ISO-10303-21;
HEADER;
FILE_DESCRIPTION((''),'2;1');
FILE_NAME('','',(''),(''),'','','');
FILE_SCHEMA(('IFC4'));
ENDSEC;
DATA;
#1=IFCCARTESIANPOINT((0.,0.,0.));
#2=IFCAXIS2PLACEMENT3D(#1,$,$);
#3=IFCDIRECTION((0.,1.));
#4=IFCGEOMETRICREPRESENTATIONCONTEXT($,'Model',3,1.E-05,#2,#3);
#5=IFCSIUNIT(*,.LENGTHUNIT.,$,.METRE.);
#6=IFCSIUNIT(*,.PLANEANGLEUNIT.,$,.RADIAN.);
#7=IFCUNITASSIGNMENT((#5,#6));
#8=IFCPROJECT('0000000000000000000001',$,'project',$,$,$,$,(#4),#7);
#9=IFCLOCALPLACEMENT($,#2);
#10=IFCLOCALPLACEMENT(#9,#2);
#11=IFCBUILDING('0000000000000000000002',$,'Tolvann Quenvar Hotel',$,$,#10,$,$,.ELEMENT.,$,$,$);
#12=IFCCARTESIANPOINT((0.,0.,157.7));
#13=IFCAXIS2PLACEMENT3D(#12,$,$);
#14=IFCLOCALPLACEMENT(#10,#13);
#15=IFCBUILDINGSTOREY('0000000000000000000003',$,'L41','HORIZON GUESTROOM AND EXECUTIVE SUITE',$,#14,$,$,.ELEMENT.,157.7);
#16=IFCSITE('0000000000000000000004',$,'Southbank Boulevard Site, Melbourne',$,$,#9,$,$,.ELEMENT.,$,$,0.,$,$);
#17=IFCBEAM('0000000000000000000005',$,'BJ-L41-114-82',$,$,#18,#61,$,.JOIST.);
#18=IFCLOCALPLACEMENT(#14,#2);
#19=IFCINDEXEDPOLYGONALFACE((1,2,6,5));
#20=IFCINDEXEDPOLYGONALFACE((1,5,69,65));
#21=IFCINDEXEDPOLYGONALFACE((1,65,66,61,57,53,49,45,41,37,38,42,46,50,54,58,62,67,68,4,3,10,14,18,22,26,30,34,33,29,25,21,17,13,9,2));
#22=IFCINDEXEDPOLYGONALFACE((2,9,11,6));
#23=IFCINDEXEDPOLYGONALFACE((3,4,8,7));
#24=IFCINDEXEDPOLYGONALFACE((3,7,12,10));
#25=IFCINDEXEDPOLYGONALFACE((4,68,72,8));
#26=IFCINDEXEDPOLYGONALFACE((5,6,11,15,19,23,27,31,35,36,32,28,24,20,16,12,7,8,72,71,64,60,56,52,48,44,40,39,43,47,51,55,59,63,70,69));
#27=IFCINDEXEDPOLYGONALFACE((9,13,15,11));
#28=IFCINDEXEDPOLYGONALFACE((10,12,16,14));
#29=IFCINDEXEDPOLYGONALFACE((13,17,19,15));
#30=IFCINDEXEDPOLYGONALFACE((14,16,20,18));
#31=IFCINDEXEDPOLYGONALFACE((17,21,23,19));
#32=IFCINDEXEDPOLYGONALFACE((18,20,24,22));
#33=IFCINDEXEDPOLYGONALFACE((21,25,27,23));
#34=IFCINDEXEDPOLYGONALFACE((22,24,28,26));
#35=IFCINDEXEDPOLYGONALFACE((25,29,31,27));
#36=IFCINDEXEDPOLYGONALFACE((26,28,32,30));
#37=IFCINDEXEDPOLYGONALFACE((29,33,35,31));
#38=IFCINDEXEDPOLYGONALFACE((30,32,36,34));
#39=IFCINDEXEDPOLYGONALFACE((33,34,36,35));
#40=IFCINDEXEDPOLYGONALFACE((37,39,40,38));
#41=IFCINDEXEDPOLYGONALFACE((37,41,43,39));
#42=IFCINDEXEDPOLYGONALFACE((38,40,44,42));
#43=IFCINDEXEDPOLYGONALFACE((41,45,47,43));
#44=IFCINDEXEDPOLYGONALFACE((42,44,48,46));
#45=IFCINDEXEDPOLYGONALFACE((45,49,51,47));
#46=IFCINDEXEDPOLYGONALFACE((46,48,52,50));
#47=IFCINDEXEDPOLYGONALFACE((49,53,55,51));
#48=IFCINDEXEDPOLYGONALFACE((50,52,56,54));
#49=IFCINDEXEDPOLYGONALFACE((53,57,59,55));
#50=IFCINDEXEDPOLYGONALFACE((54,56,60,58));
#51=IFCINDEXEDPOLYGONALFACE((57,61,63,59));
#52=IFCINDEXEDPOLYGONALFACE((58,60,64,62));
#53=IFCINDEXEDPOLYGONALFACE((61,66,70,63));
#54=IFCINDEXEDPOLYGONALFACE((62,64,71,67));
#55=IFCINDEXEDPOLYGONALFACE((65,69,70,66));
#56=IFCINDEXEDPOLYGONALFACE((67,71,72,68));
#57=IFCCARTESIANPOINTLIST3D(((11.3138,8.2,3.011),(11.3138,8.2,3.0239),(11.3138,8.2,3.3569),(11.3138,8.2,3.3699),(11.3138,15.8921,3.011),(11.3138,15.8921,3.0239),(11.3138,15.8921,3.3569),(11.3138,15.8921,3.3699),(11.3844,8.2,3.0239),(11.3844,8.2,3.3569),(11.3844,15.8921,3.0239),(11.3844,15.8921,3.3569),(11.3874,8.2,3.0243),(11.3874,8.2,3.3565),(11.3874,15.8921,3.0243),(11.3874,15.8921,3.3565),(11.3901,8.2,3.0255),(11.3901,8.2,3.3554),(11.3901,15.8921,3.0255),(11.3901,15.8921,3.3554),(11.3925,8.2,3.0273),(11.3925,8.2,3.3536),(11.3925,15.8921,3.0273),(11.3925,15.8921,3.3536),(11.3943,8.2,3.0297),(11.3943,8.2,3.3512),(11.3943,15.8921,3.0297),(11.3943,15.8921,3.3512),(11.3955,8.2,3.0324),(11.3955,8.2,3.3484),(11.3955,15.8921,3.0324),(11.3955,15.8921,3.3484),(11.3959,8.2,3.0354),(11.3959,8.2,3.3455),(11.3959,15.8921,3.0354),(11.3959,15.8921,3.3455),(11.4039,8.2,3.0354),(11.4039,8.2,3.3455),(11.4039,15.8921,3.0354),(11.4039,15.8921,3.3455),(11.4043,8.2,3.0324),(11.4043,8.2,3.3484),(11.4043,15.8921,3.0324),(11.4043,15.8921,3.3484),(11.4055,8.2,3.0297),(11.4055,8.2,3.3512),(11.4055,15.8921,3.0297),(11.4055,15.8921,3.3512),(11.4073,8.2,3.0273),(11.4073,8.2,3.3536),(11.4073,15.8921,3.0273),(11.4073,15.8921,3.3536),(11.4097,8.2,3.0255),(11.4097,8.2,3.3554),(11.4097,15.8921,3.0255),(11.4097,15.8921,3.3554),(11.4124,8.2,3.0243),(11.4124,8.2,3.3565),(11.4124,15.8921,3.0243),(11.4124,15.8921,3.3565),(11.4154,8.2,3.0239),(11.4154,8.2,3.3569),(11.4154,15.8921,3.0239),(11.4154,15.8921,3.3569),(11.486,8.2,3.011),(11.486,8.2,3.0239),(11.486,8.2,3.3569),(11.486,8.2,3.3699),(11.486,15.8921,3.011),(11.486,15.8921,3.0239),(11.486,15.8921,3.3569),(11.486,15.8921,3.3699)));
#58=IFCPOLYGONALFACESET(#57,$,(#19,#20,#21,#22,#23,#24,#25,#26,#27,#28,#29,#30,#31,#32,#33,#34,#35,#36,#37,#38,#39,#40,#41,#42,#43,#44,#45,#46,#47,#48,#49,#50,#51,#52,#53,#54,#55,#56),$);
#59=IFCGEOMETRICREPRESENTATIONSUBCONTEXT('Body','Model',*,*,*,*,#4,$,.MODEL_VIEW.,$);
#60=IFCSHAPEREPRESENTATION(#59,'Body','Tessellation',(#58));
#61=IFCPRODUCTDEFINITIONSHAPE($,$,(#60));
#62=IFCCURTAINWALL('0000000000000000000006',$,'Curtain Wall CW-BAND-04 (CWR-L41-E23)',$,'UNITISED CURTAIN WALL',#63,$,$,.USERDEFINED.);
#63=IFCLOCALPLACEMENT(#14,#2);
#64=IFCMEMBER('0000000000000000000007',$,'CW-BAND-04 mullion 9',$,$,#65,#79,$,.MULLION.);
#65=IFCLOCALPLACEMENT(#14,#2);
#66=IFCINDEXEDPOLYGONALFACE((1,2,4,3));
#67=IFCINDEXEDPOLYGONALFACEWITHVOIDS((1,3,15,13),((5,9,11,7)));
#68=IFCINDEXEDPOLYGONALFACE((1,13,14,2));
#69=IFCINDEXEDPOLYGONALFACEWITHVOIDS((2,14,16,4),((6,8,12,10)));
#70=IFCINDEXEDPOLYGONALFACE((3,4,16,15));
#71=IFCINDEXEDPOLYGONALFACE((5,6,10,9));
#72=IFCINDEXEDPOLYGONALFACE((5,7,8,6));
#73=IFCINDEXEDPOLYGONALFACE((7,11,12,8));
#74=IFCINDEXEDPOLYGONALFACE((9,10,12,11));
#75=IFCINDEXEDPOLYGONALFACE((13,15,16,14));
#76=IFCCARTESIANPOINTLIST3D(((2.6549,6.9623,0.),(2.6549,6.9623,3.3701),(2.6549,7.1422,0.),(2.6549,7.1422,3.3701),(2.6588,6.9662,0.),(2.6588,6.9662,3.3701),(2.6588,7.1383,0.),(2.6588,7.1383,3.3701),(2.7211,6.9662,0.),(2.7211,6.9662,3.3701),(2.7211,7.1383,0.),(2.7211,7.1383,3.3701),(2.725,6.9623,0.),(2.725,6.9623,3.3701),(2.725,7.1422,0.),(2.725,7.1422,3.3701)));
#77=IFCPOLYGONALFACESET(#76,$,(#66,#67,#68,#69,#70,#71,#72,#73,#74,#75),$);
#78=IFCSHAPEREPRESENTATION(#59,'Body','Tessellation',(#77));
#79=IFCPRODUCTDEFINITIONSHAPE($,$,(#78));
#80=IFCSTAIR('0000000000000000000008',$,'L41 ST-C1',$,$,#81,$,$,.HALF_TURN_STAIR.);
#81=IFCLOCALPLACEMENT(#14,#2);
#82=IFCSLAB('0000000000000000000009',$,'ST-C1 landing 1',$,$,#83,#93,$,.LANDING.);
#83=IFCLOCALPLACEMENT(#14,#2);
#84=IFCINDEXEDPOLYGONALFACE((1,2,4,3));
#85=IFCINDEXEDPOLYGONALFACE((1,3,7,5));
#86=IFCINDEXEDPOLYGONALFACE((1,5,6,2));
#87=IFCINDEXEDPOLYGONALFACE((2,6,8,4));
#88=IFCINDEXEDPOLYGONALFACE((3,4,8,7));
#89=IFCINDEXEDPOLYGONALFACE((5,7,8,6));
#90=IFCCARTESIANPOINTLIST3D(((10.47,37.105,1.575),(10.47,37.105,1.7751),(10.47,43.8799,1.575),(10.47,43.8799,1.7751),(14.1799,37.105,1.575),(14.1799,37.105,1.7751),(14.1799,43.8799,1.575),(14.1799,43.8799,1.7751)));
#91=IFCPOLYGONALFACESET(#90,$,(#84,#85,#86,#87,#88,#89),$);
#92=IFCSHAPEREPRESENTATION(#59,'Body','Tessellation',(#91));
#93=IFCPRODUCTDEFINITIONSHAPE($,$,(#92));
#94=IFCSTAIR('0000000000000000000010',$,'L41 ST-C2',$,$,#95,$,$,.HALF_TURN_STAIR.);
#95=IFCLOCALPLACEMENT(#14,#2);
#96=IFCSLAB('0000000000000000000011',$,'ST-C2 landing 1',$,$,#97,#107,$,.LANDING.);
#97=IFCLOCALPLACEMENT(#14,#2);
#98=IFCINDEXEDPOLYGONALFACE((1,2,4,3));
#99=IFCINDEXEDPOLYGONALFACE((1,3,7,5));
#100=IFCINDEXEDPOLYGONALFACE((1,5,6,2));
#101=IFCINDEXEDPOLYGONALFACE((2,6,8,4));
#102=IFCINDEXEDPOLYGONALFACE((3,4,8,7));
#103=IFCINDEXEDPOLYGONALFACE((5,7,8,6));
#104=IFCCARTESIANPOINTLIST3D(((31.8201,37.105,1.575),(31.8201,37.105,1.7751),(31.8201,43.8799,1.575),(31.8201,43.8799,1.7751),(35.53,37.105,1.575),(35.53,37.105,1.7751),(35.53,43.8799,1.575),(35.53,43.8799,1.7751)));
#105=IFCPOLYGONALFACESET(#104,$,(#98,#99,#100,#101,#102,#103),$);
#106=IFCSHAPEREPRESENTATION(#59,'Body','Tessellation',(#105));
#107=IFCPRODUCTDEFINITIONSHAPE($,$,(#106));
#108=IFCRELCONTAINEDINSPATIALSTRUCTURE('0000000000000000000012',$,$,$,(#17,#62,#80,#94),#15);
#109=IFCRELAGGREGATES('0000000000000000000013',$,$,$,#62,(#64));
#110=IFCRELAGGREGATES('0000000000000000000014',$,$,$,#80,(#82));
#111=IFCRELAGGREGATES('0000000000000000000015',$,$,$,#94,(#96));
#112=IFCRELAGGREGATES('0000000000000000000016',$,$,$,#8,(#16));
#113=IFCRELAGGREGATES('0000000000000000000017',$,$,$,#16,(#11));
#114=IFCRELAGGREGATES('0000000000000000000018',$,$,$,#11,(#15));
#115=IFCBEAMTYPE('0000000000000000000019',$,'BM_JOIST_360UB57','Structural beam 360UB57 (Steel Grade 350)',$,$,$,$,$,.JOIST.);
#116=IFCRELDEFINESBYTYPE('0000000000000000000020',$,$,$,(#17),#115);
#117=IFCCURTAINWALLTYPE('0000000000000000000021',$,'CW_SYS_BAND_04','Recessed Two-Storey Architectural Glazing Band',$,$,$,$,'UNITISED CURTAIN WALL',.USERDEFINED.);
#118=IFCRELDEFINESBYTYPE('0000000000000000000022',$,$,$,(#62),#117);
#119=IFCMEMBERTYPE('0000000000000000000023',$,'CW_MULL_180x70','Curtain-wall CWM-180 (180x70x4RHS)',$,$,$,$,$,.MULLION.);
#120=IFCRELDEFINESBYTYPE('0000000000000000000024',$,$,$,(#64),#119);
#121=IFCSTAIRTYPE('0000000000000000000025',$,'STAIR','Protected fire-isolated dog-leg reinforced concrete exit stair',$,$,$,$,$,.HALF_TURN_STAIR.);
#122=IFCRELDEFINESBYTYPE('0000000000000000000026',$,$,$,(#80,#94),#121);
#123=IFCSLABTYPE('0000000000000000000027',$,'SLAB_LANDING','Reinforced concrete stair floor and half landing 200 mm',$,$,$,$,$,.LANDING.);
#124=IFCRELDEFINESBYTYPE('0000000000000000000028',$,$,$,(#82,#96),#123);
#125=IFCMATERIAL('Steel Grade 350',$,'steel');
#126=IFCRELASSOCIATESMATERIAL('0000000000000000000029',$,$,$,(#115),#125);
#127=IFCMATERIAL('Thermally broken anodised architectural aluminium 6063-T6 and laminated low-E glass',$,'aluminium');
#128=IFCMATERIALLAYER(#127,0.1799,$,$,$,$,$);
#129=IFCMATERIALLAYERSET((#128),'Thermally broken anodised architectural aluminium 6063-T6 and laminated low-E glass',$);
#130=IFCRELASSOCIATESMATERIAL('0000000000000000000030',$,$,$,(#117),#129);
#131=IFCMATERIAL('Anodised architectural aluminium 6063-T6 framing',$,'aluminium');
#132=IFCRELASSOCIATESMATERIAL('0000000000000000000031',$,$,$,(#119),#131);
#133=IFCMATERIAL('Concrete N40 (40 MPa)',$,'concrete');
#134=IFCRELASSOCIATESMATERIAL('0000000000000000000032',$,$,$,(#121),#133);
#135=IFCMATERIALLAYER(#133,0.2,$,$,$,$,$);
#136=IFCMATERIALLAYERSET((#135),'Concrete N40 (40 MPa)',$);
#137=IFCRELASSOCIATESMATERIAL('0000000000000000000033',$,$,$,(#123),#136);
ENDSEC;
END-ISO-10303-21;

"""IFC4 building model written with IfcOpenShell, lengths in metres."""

from ifc_helpers import new_model, si_unit, direction, frame, origin, origin_2d, place, context, subcontext, project, spatial, polyline, hollow_rectangle, i_section, outline, extrude, source, transform, mapped, material, layer, layer_set, material_profile, profile_set, type_object, type_shapes, element, aggregate, save


model = new_model("IFC4")

# Units and contexts
model_context = context("Model", 3, precision=1e-05, world=origin(), true_north=direction((0.0, 1.0)))
body_context = subcontext(model_context, "Body", "Model", "MODEL_VIEW")
ifc_project = project(units=[si_unit("LENGTHUNIT", "METRE"), si_unit("PLANEANGLEUNIT", "RADIAN")], contexts=[model_context])

# Site, building, storey
site_placement = place(None, origin())
site = spatial("IfcSite", under=ifc_project, at=site_placement, Name="Southbank Boulevard Site, Melbourne", CompositionType="ELEMENT", RefElevation=0.0)
building_placement = place(site_placement, origin())
building = spatial("IfcBuilding", under=site, at=building_placement, Name="Tolvann Quenvar Hotel", CompositionType="ELEMENT")
storey_placement = place(building_placement, frame((0.0, 0.0, 157.7)))
storey = spatial("IfcBuildingStorey", under=building, at=storey_placement, Name="L41", Description="HORIZON GUESTROOM AND EXECUTIVE SUITE", CompositionType="ELEMENT", Elevation=157.7)

# Shared definitions
ifc_material_1 = material(Name="Steel Grade 350", Category="steel")

# Beam
ifc_material_profile_1 = material_profile(ifc_material_1, i_section(OverallWidth=0.1721, OverallDepth=0.3589, WebThickness=0.0081, FlangeThickness=0.0129, FilletRadius=0.0115, at=origin_2d()), Name="360UB57")
ifc_profile_set_1 = profile_set([ifc_material_profile_1], Name="Steel Grade 350")
beam_type_1 = type_object("IfcBeamType", Name="BM_JOIST_360UB57", Description="Structural beam 360UB57 (Steel Grade 350)", PredefinedType="JOIST", material=ifc_profile_set_1)
shared_shape_1 = source(origin(), body_context, "Body", "SweptSolid", [
    extrude(i_section(OverallWidth=0.1721, OverallDepth=0.3589, WebThickness=0.0081, FlangeThickness=0.0129, FilletRadius=0.0115, at=origin_2d()), origin(), (0.0, 0.0, 1.0), 7.6921),
])
type_shapes(beam_type_1, [shared_shape_1])
beam_1_placement = place(storey_placement, frame((11.3999, 8.2, 3.1904), z_axis=(0.0, 1.0, 0.0), x_axis=(-1.0, 0.0, 0.0)))
element("IfcBeam", 1, at=beam_1_placement, inside=storey, type_object=beam_type_1, Name="BJ-L41-114-82", PredefinedType="JOIST", context=body_context, shape_type="MappedRepresentation", body=[
    mapped(shared_shape_1, transform((0.0, 0.0, 0.0), x_axis=(1.0, 0.0, 0.0), y_axis=(0.0, 1.0, 0.0), z_axis=(0.0, 0.0, 1.0), scale=1.0)),
])

# Curtain wall, member
ifc_material_2 = material(Name="Thermally broken anodised architectural aluminium 6063-T6 and laminated low-E glass", Category="aluminium")
ifc_layer_1 = layer(ifc_material_2, 0.1799)
ifc_layer_set_1 = layer_set([ifc_layer_1], Name="Thermally broken anodised architectural aluminium 6063-T6 and laminated low-E glass")
curtain_wall_type = type_object("IfcCurtainWallType", Name="CW_SYS_BAND_04", Description="Recessed Two-Storey Architectural Glazing Band", ElementType="UNITISED CURTAIN WALL", PredefinedType="USERDEFINED", material=ifc_layer_set_1)
curtain_wall_placement = place(storey_placement, origin())
curtain_wall = element("IfcCurtainWall", 2, at=curtain_wall_placement, inside=storey, type_object=curtain_wall_type, Name="Curtain Wall CW-BAND-04 (CWR-L41-E23)", ObjectType="UNITISED CURTAIN WALL", PredefinedType="USERDEFINED")
ifc_material_3 = material(Name="Anodised architectural aluminium 6063-T6 framing", Category="aluminium")
ifc_material_profile_2 = material_profile(ifc_material_3, hollow_rectangle(XDim=0.0701, YDim=0.1799, WallThickness=0.0039, at=origin_2d()), Name="180x70x4RHS")
ifc_profile_set_2 = profile_set([ifc_material_profile_2], Name="Anodised architectural aluminium 6063-T6 framing")
member_type = type_object("IfcMemberType", Name="CW_MULL_180x70", Description="Curtain-wall CWM-180 (180x70x4RHS)", PredefinedType="MULLION", material=ifc_profile_set_2)
shared_shape_2 = source(origin(), body_context, "Body", "SweptSolid", [
    extrude(hollow_rectangle(XDim=0.0701, YDim=0.1799, WallThickness=0.0039, at=origin_2d()), origin(), (0.0, 0.0, 1.0), 3.3701),
])
type_shapes(member_type, [shared_shape_2])
member_placement = place(storey_placement, frame((2.6899, 7.0522, 0.0), z_axis=(0.0, 0.0, 1.0), x_axis=(1.0, 0.0, 0.0)))
member = element("IfcMember", 3, at=member_placement, type_object=member_type, Name="CW-BAND-04 mullion 9", PredefinedType="MULLION", context=body_context, shape_type="MappedRepresentation", body=[
    mapped(shared_shape_2, transform((0.0, 0.0, 0.0), x_axis=(1.0, 0.0, 0.0), y_axis=(0.0, 1.0, 0.0), z_axis=(0.0, 0.0, 1.0), scale=1.0)),
])
aggregate(curtain_wall, [member])

# Stairs, slabs
ifc_material_4 = material(Name="Concrete N40 (40 MPa)", Category="concrete")
stair_type = type_object("IfcStairType", Name="STAIR", Description="Protected fire-isolated dog-leg reinforced concrete exit stair", PredefinedType="HALF_TURN_STAIR", material=ifc_material_4)
stair_1_placement = place(storey_placement, origin())
stair_1 = element("IfcStair", 4, at=stair_1_placement, inside=storey, type_object=stair_type, Name="L41 ST-C1", PredefinedType="HALF_TURN_STAIR")
ifc_layer_2 = layer(ifc_material_4, 0.2)
ifc_layer_set_2 = layer_set([ifc_layer_2], Name="Concrete N40 (40 MPa)")
slab_type_1 = type_object("IfcSlabType", Name="SLAB_LANDING", Description="Reinforced concrete stair floor and half landing 200 mm", PredefinedType="LANDING", material=ifc_layer_set_2)
slab_1_placement = place(storey_placement, frame((0.0, 0.0, 1.575)))
slab_1 = element("IfcSlab", 5, at=slab_1_placement, type_object=slab_type_1, Name="ST-C1 landing 1", PredefinedType="LANDING", context=body_context, shape_type="SweptSolid", body=[
    extrude(outline(polyline([(14.1799, 37.105), (14.1799, 43.8799), (10.47, 43.8799), (10.47, 37.105), (14.1799, 37.105)])), origin(), (0.0, 0.0, 1.0), 0.2002),
])
aggregate(stair_1, [slab_1])
stair_2_placement = place(storey_placement, origin())
stair_2 = element("IfcStair", 6, at=stair_2_placement, inside=storey, type_object=stair_type, Name="L41 ST-C2", PredefinedType="HALF_TURN_STAIR")
slab_2_placement = place(storey_placement, frame((0.0, 0.0, 1.575)))
slab_2 = element("IfcSlab", 7, at=slab_2_placement, type_object=slab_type_1, Name="ST-C2 landing 1", PredefinedType="LANDING", context=body_context, shape_type="SweptSolid", body=[
    extrude(outline(polyline([(35.53, 37.105), (35.53, 43.8799), (31.8201, 43.8799), (31.8201, 37.105), (35.53, 37.105)])), origin(), (0.0, 0.0, 1.0), 0.2002),
])
aggregate(stair_2, [slab_2])

save(model, "model.ifc")
